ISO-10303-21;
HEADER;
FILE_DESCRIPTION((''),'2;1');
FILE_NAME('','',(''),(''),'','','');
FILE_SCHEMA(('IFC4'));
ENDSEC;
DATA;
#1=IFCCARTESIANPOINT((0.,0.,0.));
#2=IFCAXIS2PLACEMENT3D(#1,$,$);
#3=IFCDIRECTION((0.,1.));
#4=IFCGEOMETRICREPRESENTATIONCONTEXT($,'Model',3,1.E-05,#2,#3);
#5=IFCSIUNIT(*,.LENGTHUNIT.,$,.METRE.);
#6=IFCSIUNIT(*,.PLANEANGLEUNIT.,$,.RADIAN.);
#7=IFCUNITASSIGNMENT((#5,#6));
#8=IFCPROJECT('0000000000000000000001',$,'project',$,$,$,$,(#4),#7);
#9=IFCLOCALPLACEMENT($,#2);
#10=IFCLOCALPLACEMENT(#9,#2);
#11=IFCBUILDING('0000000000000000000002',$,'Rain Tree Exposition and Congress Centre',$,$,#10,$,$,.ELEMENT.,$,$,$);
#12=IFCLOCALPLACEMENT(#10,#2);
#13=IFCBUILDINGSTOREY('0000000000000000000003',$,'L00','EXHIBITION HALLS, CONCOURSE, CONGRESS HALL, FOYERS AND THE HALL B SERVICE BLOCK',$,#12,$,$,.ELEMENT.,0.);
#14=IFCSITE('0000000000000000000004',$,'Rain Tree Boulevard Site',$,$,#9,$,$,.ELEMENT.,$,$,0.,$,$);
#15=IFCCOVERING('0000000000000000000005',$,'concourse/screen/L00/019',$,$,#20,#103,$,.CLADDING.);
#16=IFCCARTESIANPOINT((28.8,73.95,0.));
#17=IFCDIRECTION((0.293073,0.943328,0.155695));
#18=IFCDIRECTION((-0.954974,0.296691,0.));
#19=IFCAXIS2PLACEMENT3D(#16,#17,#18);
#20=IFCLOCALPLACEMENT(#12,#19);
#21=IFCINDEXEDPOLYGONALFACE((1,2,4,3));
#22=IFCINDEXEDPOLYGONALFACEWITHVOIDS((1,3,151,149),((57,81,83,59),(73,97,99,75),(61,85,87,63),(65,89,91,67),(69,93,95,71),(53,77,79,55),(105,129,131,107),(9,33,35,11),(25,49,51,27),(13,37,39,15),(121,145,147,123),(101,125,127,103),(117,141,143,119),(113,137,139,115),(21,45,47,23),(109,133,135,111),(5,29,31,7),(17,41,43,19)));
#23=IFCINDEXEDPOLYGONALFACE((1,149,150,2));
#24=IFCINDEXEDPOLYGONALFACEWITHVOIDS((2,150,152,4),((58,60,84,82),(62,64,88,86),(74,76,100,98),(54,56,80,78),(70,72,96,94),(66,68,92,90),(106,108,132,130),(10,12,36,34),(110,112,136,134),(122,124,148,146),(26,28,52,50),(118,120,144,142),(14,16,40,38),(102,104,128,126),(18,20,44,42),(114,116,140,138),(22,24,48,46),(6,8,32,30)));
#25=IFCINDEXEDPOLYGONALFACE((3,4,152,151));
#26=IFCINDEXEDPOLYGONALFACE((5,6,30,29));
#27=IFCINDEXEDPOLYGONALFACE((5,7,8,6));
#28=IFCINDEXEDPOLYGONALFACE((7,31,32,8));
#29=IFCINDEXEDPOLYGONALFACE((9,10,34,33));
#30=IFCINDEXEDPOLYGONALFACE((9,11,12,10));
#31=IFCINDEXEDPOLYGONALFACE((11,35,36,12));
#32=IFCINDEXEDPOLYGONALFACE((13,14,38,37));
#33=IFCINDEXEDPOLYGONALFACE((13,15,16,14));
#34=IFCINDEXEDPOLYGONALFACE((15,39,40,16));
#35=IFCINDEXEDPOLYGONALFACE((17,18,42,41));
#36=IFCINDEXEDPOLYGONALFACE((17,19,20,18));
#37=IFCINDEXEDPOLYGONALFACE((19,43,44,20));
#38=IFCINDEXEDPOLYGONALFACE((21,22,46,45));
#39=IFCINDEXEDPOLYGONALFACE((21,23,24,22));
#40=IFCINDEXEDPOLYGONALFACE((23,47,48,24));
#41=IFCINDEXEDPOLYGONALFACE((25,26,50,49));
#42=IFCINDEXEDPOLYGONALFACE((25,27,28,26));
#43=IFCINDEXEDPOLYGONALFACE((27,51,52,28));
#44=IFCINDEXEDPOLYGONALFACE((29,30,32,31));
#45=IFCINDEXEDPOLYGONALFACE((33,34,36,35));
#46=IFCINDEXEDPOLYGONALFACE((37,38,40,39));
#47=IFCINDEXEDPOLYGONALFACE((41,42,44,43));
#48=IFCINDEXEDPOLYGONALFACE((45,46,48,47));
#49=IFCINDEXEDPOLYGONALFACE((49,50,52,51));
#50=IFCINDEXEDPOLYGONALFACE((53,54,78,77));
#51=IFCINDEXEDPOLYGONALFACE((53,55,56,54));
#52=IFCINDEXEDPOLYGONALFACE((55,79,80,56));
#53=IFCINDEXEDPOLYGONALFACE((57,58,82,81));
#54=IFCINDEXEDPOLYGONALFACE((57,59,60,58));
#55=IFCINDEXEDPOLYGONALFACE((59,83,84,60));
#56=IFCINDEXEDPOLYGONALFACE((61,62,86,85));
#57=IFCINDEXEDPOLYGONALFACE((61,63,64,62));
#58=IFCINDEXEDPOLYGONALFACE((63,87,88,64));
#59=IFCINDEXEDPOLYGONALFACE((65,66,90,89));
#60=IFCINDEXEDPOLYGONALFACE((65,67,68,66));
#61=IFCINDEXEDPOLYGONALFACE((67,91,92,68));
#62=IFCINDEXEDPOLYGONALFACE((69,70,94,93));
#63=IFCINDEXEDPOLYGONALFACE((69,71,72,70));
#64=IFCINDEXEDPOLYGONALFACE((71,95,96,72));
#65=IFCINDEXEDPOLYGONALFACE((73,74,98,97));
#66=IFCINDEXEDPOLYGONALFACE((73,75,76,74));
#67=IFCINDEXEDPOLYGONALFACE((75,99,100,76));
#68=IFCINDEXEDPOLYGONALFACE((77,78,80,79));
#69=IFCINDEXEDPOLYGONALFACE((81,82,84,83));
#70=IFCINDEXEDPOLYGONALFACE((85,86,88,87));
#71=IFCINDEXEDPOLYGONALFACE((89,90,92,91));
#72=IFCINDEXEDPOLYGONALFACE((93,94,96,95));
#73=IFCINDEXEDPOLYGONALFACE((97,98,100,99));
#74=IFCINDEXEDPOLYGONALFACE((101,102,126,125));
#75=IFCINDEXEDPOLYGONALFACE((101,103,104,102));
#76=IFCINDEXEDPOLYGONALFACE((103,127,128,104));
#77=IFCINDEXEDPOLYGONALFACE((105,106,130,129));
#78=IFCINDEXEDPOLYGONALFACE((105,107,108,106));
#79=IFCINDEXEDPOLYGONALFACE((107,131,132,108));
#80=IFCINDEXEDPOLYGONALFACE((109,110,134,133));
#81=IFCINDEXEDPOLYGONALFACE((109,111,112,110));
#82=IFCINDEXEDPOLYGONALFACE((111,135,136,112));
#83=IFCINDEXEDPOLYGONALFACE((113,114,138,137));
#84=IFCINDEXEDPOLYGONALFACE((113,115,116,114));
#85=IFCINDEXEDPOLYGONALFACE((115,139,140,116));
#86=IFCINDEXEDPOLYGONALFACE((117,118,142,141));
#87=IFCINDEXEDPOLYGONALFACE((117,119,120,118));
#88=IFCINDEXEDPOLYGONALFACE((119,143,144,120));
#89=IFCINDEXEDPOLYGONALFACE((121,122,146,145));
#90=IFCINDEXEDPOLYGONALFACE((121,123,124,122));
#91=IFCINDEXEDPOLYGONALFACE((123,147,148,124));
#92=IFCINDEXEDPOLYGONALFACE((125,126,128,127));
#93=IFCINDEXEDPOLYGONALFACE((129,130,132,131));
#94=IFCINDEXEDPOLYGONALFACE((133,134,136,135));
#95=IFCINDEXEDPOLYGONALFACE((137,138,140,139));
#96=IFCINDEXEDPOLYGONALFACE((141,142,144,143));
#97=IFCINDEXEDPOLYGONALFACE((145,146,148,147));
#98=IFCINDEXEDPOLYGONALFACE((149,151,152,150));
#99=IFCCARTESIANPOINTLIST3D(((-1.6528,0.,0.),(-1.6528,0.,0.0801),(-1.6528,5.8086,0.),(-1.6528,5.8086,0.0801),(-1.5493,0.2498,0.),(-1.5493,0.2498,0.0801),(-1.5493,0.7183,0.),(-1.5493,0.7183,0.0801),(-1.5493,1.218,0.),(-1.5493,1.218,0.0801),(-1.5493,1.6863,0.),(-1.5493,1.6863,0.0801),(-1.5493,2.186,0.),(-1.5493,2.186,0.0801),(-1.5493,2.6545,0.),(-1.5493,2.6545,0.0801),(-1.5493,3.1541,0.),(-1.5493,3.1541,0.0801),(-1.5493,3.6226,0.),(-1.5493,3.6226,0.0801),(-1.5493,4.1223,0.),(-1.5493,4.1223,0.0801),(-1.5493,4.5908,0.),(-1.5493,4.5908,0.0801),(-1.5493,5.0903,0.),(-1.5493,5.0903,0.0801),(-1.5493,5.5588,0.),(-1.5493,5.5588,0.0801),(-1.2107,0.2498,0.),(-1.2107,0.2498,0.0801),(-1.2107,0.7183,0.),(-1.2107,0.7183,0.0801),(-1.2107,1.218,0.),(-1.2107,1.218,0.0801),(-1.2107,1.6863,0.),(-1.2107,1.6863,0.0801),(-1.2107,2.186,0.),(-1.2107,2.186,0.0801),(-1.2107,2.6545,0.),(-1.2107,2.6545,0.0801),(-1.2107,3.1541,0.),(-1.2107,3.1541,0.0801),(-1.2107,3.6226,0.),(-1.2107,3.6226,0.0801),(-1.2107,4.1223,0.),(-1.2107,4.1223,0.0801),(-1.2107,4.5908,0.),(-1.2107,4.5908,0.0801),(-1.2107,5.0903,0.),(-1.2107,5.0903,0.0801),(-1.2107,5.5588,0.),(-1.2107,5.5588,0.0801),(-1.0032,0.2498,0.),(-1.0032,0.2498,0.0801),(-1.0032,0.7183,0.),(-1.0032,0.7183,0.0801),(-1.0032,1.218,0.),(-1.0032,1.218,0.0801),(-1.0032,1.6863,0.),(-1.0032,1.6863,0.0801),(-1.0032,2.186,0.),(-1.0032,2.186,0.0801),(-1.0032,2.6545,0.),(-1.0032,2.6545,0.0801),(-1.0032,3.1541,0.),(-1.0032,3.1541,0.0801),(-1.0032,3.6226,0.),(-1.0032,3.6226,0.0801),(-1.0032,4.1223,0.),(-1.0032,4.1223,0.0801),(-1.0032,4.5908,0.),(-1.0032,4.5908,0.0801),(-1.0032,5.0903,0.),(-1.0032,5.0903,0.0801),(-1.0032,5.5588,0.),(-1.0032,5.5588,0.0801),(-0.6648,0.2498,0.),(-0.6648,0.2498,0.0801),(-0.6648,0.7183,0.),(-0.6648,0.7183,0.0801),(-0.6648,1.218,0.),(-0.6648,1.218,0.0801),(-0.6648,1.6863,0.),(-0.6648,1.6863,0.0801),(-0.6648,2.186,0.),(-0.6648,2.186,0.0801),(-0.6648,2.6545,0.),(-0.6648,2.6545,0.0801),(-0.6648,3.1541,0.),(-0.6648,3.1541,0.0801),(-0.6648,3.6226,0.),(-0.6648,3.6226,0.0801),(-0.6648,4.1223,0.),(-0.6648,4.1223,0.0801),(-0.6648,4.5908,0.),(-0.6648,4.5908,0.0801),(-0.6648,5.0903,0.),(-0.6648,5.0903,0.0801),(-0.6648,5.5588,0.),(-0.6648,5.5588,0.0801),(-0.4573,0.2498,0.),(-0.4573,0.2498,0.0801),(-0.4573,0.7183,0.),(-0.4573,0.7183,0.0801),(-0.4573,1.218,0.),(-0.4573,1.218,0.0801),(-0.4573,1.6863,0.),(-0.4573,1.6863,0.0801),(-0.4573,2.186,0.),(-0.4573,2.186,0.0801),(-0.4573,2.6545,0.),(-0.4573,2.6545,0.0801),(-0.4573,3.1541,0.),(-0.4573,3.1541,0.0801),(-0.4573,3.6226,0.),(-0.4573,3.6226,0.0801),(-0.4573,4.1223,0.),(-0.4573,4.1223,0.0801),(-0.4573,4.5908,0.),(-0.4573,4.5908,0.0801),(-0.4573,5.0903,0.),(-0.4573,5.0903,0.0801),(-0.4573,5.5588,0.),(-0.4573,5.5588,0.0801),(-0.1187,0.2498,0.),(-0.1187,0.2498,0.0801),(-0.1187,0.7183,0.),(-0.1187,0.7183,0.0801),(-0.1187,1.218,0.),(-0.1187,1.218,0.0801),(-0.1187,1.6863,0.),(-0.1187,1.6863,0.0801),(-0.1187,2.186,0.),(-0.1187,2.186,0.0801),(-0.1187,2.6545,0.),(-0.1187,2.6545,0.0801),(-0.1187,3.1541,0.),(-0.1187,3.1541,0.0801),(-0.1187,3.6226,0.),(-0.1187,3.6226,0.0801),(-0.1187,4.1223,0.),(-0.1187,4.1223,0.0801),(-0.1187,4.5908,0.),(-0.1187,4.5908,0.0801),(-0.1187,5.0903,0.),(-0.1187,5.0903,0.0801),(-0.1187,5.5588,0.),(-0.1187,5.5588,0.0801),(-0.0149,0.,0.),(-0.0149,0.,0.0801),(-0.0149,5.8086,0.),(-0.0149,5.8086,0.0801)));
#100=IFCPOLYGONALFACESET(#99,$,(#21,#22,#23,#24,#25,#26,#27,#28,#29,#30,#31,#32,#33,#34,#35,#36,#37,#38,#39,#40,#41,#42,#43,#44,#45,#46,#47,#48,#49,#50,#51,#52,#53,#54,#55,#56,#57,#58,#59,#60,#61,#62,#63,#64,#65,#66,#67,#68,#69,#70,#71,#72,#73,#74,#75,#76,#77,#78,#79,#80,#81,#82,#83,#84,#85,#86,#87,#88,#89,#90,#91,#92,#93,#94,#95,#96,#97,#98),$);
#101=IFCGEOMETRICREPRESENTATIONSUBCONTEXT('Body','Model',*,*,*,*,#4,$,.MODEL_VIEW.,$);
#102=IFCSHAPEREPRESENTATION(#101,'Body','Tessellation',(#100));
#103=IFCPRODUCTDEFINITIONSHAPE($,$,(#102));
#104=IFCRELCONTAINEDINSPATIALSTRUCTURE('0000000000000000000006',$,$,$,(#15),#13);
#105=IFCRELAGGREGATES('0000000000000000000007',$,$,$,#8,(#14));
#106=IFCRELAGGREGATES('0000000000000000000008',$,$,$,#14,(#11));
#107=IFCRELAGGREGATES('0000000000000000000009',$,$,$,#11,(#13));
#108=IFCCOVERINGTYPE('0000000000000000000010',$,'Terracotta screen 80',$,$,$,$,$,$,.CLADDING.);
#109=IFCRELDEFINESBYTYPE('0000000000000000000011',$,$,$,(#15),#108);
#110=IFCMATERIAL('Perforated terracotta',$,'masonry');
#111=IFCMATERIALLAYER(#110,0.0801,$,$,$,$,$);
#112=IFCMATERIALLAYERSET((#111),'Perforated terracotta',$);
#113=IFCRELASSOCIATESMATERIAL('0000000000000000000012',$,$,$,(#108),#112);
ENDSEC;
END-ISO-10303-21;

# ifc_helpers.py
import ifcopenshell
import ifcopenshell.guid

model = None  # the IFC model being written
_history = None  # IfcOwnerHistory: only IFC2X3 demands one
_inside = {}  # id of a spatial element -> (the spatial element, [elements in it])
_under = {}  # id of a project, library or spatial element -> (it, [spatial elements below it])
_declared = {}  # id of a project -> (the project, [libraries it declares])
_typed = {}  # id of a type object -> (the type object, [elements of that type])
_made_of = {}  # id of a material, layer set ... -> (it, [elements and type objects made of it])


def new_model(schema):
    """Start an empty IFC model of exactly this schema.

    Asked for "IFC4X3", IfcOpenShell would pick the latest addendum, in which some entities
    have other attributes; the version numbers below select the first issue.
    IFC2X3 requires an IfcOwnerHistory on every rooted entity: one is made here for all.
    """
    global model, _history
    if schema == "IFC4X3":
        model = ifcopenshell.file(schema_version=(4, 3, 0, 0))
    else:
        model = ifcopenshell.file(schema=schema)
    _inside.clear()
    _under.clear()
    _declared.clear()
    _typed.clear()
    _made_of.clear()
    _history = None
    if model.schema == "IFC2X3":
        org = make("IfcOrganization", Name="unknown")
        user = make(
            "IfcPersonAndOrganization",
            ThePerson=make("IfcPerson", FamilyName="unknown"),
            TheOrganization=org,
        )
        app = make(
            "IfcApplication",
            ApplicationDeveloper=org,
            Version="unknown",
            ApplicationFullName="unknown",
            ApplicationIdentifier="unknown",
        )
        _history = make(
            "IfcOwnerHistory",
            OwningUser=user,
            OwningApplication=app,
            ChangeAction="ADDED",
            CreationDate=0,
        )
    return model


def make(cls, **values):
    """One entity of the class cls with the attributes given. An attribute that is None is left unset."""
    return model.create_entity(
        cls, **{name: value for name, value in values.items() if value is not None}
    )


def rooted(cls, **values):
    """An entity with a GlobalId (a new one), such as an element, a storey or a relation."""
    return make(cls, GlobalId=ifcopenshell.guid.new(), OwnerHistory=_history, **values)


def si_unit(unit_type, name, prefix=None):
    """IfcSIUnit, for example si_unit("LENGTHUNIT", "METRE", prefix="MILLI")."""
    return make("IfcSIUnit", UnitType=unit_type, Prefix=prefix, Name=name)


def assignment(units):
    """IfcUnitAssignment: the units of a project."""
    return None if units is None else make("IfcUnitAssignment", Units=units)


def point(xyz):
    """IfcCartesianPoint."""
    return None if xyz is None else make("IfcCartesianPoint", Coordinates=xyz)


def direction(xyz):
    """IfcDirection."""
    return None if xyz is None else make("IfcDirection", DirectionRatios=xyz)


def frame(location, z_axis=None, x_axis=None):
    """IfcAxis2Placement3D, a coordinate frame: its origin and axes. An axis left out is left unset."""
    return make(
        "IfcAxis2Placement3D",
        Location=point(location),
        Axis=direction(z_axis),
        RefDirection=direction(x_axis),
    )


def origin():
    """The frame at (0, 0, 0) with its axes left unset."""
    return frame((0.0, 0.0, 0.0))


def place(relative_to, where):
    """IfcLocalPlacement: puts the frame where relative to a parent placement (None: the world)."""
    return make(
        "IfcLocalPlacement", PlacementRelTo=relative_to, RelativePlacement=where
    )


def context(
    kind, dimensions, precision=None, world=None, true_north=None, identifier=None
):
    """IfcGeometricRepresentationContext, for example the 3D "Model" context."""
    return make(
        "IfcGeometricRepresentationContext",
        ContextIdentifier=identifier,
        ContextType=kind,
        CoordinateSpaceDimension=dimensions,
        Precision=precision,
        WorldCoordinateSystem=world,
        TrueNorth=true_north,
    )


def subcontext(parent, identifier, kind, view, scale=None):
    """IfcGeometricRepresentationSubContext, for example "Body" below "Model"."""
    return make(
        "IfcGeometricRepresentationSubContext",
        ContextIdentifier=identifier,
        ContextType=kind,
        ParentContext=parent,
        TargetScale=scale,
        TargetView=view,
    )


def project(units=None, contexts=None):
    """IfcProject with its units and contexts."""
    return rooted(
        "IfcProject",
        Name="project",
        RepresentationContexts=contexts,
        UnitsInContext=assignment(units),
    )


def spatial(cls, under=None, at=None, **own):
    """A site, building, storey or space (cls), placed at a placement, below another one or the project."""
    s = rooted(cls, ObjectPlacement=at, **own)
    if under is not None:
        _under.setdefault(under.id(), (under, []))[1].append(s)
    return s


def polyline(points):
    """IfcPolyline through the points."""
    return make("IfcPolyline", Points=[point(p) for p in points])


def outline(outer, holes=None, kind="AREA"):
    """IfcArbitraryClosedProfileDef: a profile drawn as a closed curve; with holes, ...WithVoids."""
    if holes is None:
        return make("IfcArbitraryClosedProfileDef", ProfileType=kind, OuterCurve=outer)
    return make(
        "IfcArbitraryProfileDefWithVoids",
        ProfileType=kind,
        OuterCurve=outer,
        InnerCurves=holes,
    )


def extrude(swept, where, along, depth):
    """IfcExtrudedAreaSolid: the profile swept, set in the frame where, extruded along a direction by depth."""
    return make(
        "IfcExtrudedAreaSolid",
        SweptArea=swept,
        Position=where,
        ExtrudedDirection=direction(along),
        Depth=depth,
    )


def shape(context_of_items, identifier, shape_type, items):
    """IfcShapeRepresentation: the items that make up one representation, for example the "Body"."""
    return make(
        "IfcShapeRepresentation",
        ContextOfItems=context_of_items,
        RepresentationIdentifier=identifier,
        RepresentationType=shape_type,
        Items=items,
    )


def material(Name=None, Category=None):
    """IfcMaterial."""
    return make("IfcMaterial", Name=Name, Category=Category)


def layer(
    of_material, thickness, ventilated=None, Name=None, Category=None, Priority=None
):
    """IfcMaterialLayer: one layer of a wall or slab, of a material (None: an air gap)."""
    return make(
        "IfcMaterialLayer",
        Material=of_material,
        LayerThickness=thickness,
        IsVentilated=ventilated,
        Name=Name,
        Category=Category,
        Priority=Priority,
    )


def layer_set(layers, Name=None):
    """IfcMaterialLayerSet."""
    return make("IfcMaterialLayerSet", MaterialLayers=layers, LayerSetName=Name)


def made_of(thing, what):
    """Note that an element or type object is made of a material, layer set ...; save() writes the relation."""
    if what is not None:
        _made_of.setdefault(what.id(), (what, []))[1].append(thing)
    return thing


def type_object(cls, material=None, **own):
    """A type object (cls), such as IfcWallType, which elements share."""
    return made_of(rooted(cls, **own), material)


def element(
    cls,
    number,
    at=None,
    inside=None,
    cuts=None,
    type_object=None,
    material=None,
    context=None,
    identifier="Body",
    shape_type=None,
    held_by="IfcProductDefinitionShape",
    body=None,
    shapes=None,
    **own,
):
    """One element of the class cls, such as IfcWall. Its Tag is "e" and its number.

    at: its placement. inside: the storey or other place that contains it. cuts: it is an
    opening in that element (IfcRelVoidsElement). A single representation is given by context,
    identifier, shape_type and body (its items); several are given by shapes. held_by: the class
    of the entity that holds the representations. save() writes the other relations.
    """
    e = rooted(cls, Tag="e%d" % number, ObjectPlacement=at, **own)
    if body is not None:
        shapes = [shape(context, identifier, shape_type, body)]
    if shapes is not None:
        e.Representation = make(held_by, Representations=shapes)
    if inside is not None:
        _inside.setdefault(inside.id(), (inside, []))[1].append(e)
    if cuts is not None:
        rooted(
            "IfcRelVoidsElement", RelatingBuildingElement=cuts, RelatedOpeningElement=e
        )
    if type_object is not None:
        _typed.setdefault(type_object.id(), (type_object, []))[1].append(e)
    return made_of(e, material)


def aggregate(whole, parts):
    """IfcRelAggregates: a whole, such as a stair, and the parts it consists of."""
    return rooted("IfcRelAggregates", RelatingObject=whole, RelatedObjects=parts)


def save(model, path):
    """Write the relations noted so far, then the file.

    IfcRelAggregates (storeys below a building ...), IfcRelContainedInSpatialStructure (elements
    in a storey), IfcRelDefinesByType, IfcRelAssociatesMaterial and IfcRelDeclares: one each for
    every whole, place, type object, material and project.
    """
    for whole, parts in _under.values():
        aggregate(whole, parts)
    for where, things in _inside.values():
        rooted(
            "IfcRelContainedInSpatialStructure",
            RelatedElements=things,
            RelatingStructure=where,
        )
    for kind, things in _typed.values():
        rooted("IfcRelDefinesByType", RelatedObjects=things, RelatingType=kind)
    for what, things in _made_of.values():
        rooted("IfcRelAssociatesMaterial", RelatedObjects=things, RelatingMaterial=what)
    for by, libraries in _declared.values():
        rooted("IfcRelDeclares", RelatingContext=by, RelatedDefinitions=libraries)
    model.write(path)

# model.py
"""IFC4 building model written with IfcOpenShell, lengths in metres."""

from ifc_helpers import new_model, si_unit, direction, frame, origin, place, context, subcontext, project, spatial, polyline, outline, extrude, material, layer, layer_set, type_object, element, save


model = new_model("IFC4")

# Units and contexts
model_context = context("Model", 3, precision=1e-05, world=origin(), true_north=direction((0.0, 1.0)))
body_context = subcontext(model_context, "Body", "Model", "MODEL_VIEW")
ifc_project = project(units=[si_unit("LENGTHUNIT", "METRE"), si_unit("PLANEANGLEUNIT", "RADIAN")], contexts=[model_context])

# Site, building, storey
site_placement = place(None, origin())
site = spatial("IfcSite", under=ifc_project, at=site_placement, Name="Rain Tree Boulevard Site", CompositionType="ELEMENT", RefElevation=0.0)
building_placement = place(site_placement, origin())
building = spatial("IfcBuilding", under=site, at=building_placement, Name="Rain Tree Exposition and Congress Centre", CompositionType="ELEMENT")
storey_placement = place(building_placement, origin())
storey = spatial("IfcBuildingStorey", under=building, at=storey_placement, Name="L00", Description="EXHIBITION HALLS, CONCOURSE, CONGRESS HALL, FOYERS AND THE HALL B SERVICE BLOCK", CompositionType="ELEMENT", Elevation=0.0)

# Covering
ifc_material_1 = material(Name="Perforated terracotta", Category="masonry")
ifc_layer_1 = layer(ifc_material_1, 0.0801)
ifc_layer_set_1 = layer_set([ifc_layer_1], Name="Perforated terracotta")
covering_type = type_object("IfcCoveringType", Name="Terracotta screen 80", PredefinedType="CLADDING", material=ifc_layer_set_1)
covering_1_placement = place(storey_placement, frame((28.8, 73.95, 0.0), z_axis=(0.293073, 0.943328, 0.155695), x_axis=(-0.954974, 0.296691, 0.0)))
element("IfcCovering", 1, at=covering_1_placement, inside=storey, type_object=covering_type, Name="concourse/screen/L00/019", PredefinedType="CLADDING", context=body_context, shape_type="SweptSolid", body=[
    extrude(outline(polyline([(-0.0149, 0.0), (-1.6528, 0.0), (-1.6528, 5.8086), (-0.0149, 5.8086), (-0.0149, 0.0)]), holes=[polyline([(-0.1187, 0.2498), (-0.1187, 0.7183), (-0.4573, 0.7183), (-0.4573, 0.2498), (-0.1187, 0.2498)]), polyline([(-0.1187, 1.218), (-0.1187, 1.6863), (-0.4573, 1.6863), (-0.4573, 1.218), (-0.1187, 1.218)]), polyline([(-0.1187, 2.186), (-0.1187, 2.6545), (-0.4573, 2.6545), (-0.4573, 2.186), (-0.1187, 2.186)]), polyline([(-0.1187, 3.1541), (-0.1187, 3.6226), (-0.4573, 3.6226), (-0.4573, 3.1541), (-0.1187, 3.1541)]), polyline([(-0.1187, 4.1223), (-0.1187, 4.5908), (-0.4573, 4.5908), (-0.4573, 4.1223), (-0.1187, 4.1223)]), polyline([(-0.1187, 5.0903), (-0.1187, 5.5588), (-0.4573, 5.5588), (-0.4573, 5.0903), (-0.1187, 5.0903)]), polyline([(-0.6648, 0.2498), (-0.6648, 0.7183), (-1.0032, 0.7183), (-1.0032, 0.2498), (-0.6648, 0.2498)]), polyline([(-0.6648, 1.218), (-0.6648, 1.6863), (-1.0032, 1.6863), (-1.0032, 1.218), (-0.6648, 1.218)]), polyline([(-0.6648, 2.186), (-0.6648, 2.6545), (-1.0032, 2.6545), (-1.0032, 2.186), (-0.6648, 2.186)]), polyline([(-0.6648, 3.1541), (-0.6648, 3.6226), (-1.0032, 3.6226), (-1.0032, 3.1541), (-0.6648, 3.1541)]), polyline([(-0.6648, 4.1223), (-0.6648, 4.5908), (-1.0032, 4.5908), (-1.0032, 4.1223), (-0.6648, 4.1223)]), polyline([(-0.6648, 5.0903), (-0.6648, 5.5588), (-1.0032, 5.5588), (-1.0032, 5.0903), (-0.6648, 5.0903)]), polyline([(-1.2107, 0.2498), (-1.2107, 0.7183), (-1.5493, 0.7183), (-1.5493, 0.2498), (-1.2107, 0.2498)]), polyline([(-1.2107, 1.218), (-1.2107, 1.6863), (-1.5493, 1.6863), (-1.5493, 1.218), (-1.2107, 1.218)]), polyline([(-1.2107, 2.186), (-1.2107, 2.6545), (-1.5493, 2.6545), (-1.5493, 2.186), (-1.2107, 2.186)]), polyline([(-1.2107, 3.1541), (-1.2107, 3.6226), (-1.5493, 3.6226), (-1.5493, 3.1541), (-1.2107, 3.1541)]), polyline([(-1.2107, 4.1223), (-1.2107, 4.5908), (-1.5493, 4.5908), (-1.5493, 4.1223), (-1.2107, 4.1223)]), polyline([(-1.2107, 5.0903), (-1.2107, 5.5588), (-1.5493, 5.5588), (-1.5493, 5.0903), (-1.2107, 5.0903)])]), origin(), (0.0, 0.0, 1.0), 0.0801),
])

save(model, "model.ifc")
